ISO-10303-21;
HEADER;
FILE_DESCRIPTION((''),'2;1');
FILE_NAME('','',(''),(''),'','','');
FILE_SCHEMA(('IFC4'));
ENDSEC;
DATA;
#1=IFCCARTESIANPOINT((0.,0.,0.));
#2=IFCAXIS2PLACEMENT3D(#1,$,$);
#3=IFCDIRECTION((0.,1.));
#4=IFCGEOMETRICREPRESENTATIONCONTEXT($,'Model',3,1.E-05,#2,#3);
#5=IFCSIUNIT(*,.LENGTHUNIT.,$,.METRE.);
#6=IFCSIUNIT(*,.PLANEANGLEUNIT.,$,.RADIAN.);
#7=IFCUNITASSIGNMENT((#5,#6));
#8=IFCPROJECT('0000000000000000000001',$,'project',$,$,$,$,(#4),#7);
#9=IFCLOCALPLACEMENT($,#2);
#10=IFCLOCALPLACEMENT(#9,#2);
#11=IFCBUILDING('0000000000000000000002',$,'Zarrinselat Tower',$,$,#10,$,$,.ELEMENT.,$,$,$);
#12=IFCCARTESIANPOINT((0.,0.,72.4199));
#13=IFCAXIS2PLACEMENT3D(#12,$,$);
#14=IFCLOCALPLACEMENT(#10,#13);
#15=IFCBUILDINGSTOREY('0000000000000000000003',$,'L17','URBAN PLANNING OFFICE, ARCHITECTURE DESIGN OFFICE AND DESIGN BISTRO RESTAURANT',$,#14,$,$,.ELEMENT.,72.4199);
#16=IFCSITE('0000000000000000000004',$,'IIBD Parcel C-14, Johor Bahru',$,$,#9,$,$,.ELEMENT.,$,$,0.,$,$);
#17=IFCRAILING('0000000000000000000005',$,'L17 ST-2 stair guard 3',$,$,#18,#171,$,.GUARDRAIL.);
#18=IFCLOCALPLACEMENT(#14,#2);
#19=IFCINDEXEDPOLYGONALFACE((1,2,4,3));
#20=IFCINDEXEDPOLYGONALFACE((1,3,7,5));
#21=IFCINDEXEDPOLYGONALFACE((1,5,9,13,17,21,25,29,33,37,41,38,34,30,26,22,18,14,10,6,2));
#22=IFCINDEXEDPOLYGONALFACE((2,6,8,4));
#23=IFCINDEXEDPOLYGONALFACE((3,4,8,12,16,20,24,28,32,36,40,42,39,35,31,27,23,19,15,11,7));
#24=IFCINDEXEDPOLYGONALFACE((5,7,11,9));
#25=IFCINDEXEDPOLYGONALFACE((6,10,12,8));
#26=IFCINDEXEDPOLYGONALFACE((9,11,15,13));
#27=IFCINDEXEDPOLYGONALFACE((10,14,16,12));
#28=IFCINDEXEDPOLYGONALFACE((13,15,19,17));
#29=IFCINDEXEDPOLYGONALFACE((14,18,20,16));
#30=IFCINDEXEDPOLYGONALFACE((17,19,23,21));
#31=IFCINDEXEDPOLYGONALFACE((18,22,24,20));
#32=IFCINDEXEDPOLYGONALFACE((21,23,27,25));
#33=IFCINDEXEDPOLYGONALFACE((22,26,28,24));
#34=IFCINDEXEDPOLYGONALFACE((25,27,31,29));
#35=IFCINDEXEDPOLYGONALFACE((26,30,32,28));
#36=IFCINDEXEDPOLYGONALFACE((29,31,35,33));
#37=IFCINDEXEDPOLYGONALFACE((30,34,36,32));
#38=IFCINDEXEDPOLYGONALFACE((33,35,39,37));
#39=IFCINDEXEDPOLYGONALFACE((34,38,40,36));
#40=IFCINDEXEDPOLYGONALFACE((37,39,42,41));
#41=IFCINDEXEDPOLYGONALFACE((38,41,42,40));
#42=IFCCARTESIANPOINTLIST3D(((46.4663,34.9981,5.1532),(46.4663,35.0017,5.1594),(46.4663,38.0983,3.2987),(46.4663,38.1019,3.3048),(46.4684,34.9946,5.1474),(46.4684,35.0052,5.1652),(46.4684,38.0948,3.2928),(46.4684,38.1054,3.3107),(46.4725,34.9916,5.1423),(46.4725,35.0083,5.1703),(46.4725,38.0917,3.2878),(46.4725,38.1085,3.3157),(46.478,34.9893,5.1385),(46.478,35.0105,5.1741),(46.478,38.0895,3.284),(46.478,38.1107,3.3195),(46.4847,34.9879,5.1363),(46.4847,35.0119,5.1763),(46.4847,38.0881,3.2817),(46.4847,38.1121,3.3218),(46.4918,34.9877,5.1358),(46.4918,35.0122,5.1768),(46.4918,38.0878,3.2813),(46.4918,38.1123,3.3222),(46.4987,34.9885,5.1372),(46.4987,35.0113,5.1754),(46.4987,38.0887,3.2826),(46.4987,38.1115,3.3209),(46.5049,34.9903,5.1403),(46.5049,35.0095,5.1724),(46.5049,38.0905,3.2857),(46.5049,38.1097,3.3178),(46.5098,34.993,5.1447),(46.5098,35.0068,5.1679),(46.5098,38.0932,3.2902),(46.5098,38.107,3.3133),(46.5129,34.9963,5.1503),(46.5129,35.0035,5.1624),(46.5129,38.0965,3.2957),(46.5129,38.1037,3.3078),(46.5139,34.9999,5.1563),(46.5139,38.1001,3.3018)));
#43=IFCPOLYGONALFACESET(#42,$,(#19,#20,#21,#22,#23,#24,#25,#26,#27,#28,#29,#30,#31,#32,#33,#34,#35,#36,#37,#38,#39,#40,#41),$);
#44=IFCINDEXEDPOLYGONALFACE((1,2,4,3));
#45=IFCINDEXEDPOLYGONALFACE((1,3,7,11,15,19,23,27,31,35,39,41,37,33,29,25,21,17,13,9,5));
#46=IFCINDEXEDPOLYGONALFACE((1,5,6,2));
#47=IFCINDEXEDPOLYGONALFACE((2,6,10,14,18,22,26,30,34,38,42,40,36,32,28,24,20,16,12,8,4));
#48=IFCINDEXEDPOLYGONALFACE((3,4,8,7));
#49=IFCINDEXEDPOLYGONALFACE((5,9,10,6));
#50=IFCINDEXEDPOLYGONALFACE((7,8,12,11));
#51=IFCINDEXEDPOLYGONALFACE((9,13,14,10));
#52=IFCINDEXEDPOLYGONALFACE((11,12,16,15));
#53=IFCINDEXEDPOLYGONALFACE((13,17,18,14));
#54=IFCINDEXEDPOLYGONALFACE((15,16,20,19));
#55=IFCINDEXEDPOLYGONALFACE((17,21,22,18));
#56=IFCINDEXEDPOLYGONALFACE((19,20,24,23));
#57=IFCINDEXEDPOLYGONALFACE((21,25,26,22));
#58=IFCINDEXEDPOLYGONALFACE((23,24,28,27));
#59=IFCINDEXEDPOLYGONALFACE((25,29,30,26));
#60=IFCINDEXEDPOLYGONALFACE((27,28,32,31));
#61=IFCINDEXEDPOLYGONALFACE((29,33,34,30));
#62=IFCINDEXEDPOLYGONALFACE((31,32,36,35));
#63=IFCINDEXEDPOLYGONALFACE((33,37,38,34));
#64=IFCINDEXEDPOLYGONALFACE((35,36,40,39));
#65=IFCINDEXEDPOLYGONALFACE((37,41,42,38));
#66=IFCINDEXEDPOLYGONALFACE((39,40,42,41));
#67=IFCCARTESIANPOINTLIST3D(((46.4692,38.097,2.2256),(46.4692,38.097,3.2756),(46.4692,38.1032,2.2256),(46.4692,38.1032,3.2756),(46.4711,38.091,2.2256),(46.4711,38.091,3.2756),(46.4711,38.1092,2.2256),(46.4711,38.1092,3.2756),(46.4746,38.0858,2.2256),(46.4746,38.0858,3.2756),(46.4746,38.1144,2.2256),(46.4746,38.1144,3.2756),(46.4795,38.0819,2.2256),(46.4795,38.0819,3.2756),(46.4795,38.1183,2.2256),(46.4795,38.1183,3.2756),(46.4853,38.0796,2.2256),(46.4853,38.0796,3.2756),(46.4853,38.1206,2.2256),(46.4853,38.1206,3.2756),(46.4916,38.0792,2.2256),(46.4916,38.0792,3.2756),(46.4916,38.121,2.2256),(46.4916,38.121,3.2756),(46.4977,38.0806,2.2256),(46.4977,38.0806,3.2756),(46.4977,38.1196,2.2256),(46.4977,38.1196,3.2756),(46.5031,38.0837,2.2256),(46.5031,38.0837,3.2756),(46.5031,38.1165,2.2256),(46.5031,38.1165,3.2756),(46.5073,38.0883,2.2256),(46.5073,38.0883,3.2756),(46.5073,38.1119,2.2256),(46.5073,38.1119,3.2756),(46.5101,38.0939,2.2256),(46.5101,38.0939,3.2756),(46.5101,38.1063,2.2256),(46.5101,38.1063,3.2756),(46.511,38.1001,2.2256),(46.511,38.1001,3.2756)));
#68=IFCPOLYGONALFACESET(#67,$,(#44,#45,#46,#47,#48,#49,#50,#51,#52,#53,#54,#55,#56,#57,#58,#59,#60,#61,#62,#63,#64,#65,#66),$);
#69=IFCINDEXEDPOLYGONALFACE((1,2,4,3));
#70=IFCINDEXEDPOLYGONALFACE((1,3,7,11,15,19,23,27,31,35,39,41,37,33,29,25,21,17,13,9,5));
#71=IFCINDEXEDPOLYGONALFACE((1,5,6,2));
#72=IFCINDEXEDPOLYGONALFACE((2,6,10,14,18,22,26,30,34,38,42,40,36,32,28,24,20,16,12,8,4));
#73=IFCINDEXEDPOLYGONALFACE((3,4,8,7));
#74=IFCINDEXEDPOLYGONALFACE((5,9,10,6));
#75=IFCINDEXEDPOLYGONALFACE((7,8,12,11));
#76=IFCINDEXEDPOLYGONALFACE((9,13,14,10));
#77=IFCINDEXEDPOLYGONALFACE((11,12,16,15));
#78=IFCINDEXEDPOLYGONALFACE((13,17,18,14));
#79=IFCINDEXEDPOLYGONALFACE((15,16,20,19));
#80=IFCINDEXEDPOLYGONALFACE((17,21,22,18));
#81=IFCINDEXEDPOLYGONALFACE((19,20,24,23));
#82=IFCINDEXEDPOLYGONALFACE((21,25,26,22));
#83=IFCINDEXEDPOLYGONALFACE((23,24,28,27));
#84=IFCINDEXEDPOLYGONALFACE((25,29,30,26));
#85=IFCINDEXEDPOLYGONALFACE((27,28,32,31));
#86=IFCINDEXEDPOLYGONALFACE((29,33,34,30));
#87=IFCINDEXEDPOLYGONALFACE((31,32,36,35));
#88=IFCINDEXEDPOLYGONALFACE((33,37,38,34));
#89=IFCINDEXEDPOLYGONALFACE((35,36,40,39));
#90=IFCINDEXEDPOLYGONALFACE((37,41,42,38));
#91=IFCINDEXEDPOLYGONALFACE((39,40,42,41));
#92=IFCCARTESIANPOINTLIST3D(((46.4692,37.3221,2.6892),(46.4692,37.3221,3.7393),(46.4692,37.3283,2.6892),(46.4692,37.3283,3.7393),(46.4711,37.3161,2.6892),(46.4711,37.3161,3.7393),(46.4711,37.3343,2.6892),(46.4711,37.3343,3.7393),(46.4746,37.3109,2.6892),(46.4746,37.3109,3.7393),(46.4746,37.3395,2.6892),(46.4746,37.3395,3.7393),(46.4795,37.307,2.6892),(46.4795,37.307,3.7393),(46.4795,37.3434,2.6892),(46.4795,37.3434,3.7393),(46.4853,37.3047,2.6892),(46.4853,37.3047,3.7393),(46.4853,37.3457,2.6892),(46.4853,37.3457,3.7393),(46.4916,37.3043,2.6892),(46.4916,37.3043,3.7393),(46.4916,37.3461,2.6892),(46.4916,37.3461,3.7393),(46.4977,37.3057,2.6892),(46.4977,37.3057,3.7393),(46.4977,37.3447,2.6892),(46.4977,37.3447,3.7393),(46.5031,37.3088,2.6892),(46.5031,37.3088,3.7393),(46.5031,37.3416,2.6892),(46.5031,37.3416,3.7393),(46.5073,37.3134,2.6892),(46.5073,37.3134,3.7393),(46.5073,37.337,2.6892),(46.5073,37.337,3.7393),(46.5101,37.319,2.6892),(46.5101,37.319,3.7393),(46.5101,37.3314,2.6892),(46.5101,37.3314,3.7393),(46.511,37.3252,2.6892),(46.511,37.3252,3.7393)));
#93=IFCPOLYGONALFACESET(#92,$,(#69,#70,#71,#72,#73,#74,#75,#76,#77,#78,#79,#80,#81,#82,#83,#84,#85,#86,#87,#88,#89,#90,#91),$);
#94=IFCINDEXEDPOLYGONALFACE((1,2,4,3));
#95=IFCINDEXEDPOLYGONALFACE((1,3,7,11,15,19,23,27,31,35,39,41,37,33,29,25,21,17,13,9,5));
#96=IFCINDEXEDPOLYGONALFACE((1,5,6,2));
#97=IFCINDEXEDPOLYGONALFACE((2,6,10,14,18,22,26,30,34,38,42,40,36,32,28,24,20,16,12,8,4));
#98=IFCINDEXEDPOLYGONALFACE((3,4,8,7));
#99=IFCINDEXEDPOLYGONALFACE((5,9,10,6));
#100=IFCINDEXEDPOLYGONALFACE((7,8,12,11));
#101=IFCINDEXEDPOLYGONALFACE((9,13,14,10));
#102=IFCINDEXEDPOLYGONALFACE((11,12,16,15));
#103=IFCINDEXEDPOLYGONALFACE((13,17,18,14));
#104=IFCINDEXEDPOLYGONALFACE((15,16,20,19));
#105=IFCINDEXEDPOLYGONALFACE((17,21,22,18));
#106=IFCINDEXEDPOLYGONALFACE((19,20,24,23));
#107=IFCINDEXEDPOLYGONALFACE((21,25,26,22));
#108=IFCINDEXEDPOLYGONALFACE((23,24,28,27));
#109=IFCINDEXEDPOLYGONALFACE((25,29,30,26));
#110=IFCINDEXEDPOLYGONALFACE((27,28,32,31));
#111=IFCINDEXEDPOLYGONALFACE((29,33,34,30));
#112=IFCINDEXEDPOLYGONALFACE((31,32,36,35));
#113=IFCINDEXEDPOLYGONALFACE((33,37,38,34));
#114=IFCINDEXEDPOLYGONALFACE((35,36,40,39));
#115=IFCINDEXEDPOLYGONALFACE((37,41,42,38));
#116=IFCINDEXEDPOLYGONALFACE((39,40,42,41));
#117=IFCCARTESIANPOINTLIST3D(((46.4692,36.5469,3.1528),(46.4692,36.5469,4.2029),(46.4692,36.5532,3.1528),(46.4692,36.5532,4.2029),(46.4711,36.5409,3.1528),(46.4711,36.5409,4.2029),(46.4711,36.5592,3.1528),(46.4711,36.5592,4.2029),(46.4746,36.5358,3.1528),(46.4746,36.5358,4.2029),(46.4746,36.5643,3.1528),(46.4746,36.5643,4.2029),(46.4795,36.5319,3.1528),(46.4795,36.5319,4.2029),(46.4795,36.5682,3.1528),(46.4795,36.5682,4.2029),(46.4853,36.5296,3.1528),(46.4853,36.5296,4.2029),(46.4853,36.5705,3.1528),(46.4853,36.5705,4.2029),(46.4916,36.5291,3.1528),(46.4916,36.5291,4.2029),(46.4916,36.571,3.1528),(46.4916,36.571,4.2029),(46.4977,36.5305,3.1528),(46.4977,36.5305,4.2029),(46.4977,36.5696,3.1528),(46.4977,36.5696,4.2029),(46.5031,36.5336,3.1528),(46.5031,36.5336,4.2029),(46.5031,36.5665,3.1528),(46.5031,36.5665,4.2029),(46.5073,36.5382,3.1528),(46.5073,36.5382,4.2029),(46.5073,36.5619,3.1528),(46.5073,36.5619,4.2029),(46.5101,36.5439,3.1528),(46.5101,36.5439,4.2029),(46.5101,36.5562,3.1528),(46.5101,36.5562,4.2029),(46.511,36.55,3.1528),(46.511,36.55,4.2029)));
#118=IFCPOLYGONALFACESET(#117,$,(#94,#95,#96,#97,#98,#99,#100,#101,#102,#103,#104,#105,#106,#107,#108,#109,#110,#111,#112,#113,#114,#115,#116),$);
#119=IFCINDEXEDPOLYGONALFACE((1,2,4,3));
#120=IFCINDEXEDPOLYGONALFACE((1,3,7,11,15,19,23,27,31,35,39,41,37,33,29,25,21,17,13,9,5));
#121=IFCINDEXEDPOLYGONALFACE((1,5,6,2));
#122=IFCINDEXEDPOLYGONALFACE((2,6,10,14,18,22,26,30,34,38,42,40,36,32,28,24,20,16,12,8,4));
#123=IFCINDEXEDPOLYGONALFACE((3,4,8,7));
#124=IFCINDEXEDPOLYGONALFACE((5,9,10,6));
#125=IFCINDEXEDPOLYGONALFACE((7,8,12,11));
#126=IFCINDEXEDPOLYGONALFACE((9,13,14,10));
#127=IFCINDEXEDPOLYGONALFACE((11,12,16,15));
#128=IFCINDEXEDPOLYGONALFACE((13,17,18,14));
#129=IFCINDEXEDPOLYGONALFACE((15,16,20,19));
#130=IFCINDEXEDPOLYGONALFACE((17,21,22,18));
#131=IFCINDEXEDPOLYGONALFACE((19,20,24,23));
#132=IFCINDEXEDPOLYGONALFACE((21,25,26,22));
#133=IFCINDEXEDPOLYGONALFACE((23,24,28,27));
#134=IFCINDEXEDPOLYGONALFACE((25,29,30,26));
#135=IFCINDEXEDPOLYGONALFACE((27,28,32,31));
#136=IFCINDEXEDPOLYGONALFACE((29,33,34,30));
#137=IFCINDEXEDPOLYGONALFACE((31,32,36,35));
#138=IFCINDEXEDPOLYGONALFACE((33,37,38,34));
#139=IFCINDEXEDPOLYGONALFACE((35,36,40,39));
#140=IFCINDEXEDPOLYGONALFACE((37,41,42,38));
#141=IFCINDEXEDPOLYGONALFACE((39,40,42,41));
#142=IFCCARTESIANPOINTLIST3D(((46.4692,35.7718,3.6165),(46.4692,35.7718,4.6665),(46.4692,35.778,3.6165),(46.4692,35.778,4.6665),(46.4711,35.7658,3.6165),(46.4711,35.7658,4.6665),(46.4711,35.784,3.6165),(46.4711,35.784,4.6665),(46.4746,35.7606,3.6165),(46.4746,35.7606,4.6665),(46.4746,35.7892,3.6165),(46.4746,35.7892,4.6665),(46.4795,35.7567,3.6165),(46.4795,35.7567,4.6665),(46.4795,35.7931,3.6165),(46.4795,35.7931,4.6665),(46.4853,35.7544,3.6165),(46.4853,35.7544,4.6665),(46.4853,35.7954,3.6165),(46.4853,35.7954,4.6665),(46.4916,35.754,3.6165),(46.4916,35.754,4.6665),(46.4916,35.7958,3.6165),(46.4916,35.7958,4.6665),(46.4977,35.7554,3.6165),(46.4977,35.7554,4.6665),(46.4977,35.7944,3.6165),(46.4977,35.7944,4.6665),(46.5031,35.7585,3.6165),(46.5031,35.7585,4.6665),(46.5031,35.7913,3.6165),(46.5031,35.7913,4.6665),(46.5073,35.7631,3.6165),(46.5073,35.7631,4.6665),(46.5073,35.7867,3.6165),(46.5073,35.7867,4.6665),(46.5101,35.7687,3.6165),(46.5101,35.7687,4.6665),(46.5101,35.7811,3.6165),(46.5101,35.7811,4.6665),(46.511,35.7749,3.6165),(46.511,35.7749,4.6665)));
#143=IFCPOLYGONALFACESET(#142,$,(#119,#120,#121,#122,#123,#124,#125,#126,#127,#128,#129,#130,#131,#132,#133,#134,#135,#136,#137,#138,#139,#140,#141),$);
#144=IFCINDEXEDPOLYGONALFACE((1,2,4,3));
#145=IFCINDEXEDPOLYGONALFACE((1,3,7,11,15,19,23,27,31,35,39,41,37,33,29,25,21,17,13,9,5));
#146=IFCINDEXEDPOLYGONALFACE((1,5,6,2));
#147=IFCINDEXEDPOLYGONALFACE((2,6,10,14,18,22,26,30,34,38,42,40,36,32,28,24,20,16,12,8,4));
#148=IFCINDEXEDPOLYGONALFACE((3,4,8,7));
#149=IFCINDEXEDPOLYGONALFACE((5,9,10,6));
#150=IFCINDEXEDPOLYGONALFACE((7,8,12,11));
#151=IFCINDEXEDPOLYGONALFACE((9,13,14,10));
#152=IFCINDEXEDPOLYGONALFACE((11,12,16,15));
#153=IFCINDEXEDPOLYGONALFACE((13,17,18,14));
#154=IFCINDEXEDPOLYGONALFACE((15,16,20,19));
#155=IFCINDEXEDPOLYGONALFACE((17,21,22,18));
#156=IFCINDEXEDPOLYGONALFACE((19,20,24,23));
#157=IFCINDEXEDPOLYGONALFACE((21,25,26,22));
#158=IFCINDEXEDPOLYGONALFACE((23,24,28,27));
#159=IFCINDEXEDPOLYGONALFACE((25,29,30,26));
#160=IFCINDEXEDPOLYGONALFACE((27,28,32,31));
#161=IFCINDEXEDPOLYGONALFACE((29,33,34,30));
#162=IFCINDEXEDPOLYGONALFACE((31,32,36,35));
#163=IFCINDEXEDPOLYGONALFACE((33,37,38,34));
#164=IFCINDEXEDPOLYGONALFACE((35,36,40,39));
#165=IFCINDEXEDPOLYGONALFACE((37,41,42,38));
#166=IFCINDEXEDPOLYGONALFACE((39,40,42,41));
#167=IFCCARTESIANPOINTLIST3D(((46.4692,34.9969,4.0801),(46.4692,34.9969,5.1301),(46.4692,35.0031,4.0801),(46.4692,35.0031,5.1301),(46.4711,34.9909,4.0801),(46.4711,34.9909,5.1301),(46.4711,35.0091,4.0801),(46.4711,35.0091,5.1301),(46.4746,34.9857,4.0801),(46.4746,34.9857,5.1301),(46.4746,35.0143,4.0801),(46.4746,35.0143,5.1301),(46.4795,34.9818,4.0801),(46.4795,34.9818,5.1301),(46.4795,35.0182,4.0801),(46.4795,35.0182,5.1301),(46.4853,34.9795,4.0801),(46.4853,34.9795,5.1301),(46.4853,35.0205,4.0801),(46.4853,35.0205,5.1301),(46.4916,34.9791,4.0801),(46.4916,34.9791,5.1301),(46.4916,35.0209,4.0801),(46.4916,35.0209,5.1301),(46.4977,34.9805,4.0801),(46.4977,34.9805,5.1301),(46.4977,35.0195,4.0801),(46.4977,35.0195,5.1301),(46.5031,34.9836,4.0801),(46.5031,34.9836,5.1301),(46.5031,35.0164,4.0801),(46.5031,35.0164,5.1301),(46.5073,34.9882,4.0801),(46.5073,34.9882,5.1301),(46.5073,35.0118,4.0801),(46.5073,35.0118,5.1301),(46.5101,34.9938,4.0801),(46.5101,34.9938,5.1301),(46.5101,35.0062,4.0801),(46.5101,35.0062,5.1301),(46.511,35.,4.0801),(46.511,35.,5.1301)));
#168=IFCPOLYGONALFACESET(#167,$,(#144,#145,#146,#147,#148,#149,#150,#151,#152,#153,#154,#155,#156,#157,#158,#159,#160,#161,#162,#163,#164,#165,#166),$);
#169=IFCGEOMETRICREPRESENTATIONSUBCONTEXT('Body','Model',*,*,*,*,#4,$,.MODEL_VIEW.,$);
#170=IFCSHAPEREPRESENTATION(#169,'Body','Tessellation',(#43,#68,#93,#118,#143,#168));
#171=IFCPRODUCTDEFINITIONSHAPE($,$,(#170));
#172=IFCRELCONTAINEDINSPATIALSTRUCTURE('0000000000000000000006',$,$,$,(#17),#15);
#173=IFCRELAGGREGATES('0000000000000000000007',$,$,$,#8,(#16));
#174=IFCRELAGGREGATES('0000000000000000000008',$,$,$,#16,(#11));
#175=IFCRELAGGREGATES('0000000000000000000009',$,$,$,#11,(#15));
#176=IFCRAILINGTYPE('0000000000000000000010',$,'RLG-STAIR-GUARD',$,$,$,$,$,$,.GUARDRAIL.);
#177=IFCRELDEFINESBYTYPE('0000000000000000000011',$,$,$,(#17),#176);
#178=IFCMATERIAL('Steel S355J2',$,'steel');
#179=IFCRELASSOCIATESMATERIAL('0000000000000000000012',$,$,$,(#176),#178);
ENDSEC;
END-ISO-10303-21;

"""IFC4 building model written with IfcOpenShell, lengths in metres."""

from ifc_helpers import new_model, si_unit, direction, frame, origin, origin_2d, place, context, subcontext, project, spatial, circle, extrude, material, type_object, element, save


model = new_model("IFC4")

# Units and contexts
model_context = context("Model", 3, precision=1e-05, world=origin(), true_north=direction((0.0, 1.0)))
body_context = subcontext(model_context, "Body", "Model", "MODEL_VIEW")
ifc_project = project(units=[si_unit("LENGTHUNIT", "METRE"), si_unit("PLANEANGLEUNIT", "RADIAN")], contexts=[model_context])

# Site, building, storey
site_placement = place(None, origin())
site = spatial("IfcSite", under=ifc_project, at=site_placement, Name="IIBD Parcel C-14, Johor Bahru", CompositionType="ELEMENT", RefElevation=0.0)
building_placement = place(site_placement, origin())
building = spatial("IfcBuilding", under=site, at=building_placement, Name="Zarrinselat Tower", CompositionType="ELEMENT")
storey_placement = place(building_placement, frame((0.0, 0.0, 72.4199)))
storey = spatial("IfcBuildingStorey", under=building, at=storey_placement, Name="L17", Description="URBAN PLANNING OFFICE, ARCHITECTURE DESIGN OFFICE AND DESIGN BISTRO RESTAURANT", CompositionType="ELEMENT", Elevation=72.4199)

# Railing
ifc_material_1 = material(Name="Steel S355J2", Category="steel")
railing_type_1 = type_object("IfcRailingType", Name="RLG-STAIR-GUARD", PredefinedType="GUARDRAIL", material=ifc_material_1)
railing_1_placement = place(storey_placement, frame((46.49, 38.1001, 2.2256)))
element("IfcRailing", 1, at=railing_1_placement, inside=storey, type_object=railing_type_1, Name="L17 ST-2 stair guard 3", PredefinedType="GUARDRAIL", context=body_context, shape_type="SweptSolid", body=[
    extrude(circle(Radius=0.0239, at=origin_2d()), frame((0.0, 0.0, 1.0762), z_axis=(0.0, -0.858172, 0.513362), x_axis=(1.0, 0.0, 0.0)), (0.0, 0.0, 1.0), 3.6125),
    extrude(circle(Radius=0.021, at=origin_2d()), origin(), (0.0, 0.0, 1.0), 1.05),
    extrude(circle(Radius=0.021, at=origin_2d()), frame((0.0, -0.7749, 0.4636)), (0.0, 0.0, 1.0), 1.05),
    extrude(circle(Radius=0.021, at=origin_2d()), frame((0.0, -1.55, 0.9272)), (0.0, 0.0, 1.0), 1.05),
    extrude(circle(Radius=0.021, at=origin_2d()), frame((0.0, -2.3252, 1.3909)), (0.0, 0.0, 1.0), 1.05),
    extrude(circle(Radius=0.021, at=origin_2d()), frame((0.0, -3.1001, 1.8545)), (0.0, 0.0, 1.0), 1.05),
])

save(model, "model.ifc")
